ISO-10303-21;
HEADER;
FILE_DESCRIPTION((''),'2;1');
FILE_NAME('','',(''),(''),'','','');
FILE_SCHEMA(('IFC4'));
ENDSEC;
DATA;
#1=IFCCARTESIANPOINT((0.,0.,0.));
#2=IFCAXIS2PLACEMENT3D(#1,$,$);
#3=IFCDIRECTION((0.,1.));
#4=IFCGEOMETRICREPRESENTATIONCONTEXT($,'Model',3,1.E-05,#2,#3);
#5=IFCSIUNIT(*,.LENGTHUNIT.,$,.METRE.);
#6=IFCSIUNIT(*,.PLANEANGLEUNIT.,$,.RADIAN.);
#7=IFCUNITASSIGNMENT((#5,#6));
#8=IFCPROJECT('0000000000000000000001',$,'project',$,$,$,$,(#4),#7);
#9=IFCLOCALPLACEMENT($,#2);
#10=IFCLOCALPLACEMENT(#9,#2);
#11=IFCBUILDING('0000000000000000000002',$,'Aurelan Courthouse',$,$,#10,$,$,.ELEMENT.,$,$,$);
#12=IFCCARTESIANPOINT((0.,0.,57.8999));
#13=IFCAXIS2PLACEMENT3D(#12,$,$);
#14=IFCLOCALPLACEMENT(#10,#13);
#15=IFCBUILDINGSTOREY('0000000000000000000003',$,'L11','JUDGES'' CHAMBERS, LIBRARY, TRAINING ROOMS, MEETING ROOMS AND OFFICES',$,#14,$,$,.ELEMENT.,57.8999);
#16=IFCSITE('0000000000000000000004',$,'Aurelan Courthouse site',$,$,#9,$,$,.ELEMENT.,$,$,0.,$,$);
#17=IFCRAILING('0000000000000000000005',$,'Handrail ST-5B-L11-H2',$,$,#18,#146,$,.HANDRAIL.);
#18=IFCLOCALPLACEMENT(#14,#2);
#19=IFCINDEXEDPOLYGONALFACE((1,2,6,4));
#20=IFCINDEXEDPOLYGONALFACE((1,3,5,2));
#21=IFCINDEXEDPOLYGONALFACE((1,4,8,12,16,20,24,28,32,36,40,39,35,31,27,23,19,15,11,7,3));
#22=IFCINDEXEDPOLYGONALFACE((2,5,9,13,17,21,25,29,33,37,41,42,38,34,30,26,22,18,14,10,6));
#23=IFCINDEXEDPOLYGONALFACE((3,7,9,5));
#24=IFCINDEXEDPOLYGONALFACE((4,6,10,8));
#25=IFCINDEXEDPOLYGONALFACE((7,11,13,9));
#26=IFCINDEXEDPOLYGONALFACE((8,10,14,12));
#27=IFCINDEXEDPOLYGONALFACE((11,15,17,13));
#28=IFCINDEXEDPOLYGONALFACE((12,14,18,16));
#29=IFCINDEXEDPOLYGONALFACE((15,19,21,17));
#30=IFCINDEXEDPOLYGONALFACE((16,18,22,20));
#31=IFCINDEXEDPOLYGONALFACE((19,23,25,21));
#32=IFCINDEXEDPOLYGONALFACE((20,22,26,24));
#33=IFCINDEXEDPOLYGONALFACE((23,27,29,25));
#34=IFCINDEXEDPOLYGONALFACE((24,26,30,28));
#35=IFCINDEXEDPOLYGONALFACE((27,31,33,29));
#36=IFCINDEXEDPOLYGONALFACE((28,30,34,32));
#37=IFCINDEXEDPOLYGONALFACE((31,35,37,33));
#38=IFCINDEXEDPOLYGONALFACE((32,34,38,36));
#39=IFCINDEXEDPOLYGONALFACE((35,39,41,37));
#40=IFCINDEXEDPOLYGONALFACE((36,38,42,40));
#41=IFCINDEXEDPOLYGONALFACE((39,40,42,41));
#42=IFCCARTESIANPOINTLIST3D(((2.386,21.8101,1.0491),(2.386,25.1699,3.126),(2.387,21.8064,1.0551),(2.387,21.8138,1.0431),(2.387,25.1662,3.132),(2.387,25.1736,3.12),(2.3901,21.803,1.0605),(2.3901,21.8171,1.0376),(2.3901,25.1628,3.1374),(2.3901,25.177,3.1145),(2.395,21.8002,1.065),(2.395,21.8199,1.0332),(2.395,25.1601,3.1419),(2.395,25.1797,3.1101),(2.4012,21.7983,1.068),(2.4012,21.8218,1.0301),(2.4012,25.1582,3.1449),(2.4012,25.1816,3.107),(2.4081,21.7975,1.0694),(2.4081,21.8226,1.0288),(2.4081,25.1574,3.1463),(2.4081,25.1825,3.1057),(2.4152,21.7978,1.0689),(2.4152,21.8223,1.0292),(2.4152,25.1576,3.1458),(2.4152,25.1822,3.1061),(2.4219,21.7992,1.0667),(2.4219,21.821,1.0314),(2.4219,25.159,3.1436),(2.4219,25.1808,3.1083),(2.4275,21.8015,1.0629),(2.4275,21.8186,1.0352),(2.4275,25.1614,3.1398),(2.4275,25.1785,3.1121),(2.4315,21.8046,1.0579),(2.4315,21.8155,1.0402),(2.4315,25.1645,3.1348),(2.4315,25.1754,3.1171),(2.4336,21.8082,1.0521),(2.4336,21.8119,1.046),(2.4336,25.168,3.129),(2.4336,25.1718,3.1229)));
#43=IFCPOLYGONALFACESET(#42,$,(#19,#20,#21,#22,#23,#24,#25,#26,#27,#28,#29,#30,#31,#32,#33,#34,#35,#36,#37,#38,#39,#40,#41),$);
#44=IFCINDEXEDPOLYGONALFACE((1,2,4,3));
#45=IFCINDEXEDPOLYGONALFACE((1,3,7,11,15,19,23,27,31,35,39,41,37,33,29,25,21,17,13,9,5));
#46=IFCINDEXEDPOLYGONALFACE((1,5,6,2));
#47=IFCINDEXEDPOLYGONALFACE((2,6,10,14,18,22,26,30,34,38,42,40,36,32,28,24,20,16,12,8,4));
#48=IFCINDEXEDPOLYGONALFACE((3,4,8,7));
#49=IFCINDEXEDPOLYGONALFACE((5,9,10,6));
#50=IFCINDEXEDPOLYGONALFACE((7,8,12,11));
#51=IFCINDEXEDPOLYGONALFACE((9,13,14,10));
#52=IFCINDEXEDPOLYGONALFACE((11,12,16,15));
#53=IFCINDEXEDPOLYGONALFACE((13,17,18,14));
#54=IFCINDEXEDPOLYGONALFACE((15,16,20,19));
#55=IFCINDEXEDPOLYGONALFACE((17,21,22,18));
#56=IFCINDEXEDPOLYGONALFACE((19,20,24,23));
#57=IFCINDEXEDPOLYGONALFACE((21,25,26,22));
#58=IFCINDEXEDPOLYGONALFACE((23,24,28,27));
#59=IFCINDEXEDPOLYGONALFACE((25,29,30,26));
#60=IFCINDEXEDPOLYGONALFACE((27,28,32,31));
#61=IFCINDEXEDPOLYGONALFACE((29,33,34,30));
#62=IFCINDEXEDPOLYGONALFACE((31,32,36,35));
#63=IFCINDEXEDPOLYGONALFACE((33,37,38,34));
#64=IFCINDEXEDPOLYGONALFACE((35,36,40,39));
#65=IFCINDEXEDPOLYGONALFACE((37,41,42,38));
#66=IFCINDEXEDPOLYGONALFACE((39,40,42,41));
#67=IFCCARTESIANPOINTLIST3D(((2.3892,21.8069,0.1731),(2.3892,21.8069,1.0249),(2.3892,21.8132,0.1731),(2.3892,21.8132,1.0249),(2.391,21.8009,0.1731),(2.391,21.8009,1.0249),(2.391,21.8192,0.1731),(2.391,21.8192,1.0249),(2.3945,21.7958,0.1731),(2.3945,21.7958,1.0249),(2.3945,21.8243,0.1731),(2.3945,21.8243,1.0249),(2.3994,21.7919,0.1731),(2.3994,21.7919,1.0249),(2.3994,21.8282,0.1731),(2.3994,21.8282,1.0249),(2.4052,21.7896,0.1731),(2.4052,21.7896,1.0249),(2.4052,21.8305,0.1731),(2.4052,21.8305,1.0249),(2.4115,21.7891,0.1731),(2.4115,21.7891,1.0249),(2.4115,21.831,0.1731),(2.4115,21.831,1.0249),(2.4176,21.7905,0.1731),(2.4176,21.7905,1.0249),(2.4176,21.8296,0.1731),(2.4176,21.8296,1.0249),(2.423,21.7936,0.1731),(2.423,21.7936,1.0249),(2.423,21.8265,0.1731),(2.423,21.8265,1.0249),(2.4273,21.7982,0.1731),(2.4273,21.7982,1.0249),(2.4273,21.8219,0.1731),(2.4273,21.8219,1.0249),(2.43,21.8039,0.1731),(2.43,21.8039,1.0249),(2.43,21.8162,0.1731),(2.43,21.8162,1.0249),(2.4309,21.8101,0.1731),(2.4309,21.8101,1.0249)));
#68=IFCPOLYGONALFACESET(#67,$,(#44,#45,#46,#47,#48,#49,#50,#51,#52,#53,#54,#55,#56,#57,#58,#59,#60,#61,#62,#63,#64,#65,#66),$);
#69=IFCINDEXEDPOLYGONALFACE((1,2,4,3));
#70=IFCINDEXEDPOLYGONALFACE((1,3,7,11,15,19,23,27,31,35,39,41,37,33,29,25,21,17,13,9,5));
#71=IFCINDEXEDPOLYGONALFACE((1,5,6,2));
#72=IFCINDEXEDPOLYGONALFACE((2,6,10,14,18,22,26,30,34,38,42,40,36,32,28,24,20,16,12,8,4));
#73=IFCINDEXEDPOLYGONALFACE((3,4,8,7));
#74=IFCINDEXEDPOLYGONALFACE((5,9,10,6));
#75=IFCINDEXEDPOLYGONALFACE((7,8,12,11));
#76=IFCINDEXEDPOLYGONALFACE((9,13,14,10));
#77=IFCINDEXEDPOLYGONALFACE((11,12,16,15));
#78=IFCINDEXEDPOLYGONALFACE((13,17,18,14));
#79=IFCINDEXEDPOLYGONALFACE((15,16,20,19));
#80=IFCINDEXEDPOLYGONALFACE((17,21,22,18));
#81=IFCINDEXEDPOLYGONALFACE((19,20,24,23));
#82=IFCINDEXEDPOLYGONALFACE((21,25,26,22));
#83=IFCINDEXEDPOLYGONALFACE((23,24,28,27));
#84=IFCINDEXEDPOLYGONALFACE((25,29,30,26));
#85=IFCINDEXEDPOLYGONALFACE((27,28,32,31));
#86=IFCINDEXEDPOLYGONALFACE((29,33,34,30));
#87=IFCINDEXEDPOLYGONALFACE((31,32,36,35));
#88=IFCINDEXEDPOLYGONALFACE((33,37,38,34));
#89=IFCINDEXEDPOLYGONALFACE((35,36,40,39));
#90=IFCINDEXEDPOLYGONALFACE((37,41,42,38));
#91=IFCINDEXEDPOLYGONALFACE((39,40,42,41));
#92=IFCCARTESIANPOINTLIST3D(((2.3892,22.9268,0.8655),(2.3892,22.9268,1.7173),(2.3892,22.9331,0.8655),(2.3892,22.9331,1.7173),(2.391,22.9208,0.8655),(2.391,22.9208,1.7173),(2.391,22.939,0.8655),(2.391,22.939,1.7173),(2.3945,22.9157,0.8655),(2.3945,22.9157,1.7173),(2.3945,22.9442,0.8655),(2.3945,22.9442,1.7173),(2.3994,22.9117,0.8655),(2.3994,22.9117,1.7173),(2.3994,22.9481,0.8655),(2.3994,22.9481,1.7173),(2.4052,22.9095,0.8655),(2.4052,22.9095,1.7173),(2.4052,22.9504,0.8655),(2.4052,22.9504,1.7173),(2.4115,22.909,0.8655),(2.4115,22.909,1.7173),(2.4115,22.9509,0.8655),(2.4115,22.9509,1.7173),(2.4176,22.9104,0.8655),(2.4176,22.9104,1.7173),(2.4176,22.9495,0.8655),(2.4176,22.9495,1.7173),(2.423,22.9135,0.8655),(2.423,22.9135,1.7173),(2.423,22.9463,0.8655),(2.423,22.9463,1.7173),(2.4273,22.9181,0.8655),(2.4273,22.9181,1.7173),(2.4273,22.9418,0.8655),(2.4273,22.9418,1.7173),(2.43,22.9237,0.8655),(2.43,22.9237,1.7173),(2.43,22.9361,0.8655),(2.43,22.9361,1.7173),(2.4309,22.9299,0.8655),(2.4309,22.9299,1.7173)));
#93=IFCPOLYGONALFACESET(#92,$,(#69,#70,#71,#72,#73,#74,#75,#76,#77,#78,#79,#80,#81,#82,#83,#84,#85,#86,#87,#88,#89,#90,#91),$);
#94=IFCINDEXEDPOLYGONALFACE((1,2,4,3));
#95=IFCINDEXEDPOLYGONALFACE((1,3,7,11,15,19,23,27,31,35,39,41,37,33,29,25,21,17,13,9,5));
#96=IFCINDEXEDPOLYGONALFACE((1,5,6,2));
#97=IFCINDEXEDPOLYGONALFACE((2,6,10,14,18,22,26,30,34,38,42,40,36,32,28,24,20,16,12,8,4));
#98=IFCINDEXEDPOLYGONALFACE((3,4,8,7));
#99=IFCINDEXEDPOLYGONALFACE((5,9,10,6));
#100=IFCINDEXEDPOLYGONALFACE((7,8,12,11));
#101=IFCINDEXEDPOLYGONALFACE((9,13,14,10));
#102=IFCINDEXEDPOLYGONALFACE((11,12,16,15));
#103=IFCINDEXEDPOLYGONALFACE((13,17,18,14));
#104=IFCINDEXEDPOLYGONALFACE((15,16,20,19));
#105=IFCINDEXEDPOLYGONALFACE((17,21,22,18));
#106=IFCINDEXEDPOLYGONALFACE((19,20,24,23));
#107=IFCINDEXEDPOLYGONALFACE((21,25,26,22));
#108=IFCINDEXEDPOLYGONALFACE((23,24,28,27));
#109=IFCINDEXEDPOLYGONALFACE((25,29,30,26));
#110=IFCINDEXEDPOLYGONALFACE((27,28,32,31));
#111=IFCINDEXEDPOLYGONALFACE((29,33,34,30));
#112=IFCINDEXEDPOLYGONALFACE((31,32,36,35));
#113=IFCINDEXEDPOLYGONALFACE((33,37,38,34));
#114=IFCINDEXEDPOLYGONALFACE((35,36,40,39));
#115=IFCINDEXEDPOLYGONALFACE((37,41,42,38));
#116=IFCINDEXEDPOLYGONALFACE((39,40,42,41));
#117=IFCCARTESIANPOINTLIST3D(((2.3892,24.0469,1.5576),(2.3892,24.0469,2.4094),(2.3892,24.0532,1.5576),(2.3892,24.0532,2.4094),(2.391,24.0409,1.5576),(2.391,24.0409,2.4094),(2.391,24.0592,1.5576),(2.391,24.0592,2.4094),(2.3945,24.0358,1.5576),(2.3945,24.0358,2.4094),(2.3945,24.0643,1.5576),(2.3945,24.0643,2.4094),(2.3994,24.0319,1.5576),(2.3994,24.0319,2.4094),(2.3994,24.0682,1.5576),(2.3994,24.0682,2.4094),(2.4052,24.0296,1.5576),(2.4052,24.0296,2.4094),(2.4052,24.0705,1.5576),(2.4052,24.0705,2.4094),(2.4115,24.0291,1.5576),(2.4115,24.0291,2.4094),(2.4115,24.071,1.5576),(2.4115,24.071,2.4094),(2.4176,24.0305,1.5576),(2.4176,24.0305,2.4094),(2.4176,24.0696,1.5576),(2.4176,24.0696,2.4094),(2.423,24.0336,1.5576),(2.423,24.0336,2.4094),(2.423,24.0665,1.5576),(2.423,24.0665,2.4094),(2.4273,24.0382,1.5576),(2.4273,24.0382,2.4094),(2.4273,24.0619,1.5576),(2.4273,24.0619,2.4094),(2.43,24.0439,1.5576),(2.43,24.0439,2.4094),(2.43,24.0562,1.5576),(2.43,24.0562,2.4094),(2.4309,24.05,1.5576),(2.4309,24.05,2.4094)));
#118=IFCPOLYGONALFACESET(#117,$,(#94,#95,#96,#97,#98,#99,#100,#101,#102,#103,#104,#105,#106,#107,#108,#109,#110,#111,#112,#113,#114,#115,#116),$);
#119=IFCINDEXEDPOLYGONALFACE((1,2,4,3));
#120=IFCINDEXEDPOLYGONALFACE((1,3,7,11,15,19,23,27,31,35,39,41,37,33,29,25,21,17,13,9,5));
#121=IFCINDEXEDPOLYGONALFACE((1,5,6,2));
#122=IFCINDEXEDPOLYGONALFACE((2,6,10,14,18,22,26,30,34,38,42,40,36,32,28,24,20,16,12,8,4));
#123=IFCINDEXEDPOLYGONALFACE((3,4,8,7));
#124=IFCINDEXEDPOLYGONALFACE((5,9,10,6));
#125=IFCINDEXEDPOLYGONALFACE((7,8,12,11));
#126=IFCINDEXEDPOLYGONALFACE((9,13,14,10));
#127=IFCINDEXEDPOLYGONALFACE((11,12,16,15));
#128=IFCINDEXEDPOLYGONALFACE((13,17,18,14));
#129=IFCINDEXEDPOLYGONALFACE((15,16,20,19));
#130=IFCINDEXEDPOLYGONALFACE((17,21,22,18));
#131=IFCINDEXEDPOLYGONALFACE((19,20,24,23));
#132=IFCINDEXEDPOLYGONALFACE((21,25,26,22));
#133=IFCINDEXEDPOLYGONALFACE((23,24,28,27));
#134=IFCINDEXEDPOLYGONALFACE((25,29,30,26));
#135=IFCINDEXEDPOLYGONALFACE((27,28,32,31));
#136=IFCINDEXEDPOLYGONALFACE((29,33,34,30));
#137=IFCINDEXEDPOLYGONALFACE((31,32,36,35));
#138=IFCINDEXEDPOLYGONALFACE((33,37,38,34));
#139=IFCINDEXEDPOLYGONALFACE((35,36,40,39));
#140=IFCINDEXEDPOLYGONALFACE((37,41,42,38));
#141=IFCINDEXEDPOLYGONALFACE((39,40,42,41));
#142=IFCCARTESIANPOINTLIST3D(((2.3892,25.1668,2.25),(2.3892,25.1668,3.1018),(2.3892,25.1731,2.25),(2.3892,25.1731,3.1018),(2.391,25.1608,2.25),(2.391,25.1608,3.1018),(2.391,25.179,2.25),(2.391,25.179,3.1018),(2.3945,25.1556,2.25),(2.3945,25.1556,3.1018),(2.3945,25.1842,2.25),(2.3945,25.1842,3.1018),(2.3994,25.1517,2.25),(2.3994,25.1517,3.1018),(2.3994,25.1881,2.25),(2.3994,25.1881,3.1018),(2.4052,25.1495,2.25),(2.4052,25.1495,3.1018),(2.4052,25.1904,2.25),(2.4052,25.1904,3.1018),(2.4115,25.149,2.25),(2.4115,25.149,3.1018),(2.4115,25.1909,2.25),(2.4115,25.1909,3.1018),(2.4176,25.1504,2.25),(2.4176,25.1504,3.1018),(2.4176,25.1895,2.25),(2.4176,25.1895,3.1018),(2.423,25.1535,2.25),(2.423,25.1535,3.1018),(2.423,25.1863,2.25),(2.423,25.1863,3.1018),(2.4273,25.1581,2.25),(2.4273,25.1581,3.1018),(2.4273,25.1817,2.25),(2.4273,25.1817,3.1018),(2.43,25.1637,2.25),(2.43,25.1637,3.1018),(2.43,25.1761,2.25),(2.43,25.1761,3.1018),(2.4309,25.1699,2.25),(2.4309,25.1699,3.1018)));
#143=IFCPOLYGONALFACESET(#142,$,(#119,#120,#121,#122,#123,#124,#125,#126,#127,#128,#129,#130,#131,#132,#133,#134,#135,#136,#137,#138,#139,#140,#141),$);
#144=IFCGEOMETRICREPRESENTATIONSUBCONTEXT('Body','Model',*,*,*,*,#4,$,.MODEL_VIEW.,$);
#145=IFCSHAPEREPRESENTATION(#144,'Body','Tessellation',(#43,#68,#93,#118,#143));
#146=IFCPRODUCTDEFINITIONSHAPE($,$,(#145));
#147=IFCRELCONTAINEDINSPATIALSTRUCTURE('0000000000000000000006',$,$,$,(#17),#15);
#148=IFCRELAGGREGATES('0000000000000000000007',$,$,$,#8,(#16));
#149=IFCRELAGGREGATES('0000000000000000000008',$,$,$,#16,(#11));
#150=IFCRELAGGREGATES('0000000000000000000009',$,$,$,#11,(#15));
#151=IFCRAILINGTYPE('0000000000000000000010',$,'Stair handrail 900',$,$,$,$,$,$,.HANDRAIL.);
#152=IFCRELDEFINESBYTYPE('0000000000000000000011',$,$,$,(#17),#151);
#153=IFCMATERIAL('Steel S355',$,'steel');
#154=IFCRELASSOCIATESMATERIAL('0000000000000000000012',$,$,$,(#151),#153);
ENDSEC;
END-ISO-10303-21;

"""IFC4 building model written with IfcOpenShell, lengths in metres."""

from ifc_helpers import new_model, si_unit, direction, frame, origin, origin_2d, place, context, subcontext, project, spatial, circle, extrude, material, type_object, element, save


model = new_model("IFC4")

# Units and contexts
model_context = context("Model", 3, precision=1e-05, world=origin(), true_north=direction((0.0, 1.0)))
body_context = subcontext(model_context, "Body", "Model", "MODEL_VIEW")
ifc_project = project(units=[si_unit("LENGTHUNIT", "METRE"), si_unit("PLANEANGLEUNIT", "RADIAN")], contexts=[model_context])

# Site, building, storey
site_placement = place(None, origin())
site = spatial("IfcSite", under=ifc_project, at=site_placement, Name="Aurelan Courthouse site", CompositionType="ELEMENT", RefElevation=0.0)
building_placement = place(site_placement, origin())
building = spatial("IfcBuilding", under=site, at=building_placement, Name="Aurelan Courthouse", CompositionType="ELEMENT")
storey_placement = place(building_placement, frame((0.0, 0.0, 57.8999)))
storey = spatial("IfcBuildingStorey", under=building, at=storey_placement, Name="L11", Description="JUDGES' CHAMBERS, LIBRARY, TRAINING ROOMS, MEETING ROOMS AND OFFICES", CompositionType="ELEMENT", Elevation=57.8999)

# Railing
ifc_material_1 = material(Name="Steel S355", Category="steel")
railing_type_1 = type_object("IfcRailingType", Name="Stair handrail 900", PredefinedType="HANDRAIL", material=ifc_material_1)
for number, where, name in (
    (1, (2.4099, 21.8101, 0.1731), "Handrail ST-5B-L11-H2"),
):
    element("IfcRailing", number, at=place(storey_placement, frame(where)), inside=storey, type_object=railing_type_1, Name=name, PredefinedType="HANDRAIL", context=body_context, shape_type="SweptSolid", body=[
        extrude(circle(Radius=0.0239, at=origin_2d()), frame((0.0, 0.0, 0.876), z_axis=(0.0, 0.850606, 0.525803), x_axis=(-1.0, 0.0, 0.0)), (0.0, 0.0, 1.0), 3.95),
        extrude(circle(Radius=0.021, at=origin_2d()), origin(), (0.0, 0.0, 1.0), 0.8518),
        extrude(circle(Radius=0.021, at=origin_2d()), frame((0.0, 1.1199, 0.6924)), (0.0, 0.0, 1.0), 0.8518),
        extrude(circle(Radius=0.021, at=origin_2d()), frame((0.0, 2.24, 1.3845)), (0.0, 0.0, 1.0), 0.8518),
        extrude(circle(Radius=0.021, at=origin_2d()), frame((0.0, 3.3599, 2.0769)), (0.0, 0.0, 1.0), 0.8518),
    ])

save(model, "model.ifc")
